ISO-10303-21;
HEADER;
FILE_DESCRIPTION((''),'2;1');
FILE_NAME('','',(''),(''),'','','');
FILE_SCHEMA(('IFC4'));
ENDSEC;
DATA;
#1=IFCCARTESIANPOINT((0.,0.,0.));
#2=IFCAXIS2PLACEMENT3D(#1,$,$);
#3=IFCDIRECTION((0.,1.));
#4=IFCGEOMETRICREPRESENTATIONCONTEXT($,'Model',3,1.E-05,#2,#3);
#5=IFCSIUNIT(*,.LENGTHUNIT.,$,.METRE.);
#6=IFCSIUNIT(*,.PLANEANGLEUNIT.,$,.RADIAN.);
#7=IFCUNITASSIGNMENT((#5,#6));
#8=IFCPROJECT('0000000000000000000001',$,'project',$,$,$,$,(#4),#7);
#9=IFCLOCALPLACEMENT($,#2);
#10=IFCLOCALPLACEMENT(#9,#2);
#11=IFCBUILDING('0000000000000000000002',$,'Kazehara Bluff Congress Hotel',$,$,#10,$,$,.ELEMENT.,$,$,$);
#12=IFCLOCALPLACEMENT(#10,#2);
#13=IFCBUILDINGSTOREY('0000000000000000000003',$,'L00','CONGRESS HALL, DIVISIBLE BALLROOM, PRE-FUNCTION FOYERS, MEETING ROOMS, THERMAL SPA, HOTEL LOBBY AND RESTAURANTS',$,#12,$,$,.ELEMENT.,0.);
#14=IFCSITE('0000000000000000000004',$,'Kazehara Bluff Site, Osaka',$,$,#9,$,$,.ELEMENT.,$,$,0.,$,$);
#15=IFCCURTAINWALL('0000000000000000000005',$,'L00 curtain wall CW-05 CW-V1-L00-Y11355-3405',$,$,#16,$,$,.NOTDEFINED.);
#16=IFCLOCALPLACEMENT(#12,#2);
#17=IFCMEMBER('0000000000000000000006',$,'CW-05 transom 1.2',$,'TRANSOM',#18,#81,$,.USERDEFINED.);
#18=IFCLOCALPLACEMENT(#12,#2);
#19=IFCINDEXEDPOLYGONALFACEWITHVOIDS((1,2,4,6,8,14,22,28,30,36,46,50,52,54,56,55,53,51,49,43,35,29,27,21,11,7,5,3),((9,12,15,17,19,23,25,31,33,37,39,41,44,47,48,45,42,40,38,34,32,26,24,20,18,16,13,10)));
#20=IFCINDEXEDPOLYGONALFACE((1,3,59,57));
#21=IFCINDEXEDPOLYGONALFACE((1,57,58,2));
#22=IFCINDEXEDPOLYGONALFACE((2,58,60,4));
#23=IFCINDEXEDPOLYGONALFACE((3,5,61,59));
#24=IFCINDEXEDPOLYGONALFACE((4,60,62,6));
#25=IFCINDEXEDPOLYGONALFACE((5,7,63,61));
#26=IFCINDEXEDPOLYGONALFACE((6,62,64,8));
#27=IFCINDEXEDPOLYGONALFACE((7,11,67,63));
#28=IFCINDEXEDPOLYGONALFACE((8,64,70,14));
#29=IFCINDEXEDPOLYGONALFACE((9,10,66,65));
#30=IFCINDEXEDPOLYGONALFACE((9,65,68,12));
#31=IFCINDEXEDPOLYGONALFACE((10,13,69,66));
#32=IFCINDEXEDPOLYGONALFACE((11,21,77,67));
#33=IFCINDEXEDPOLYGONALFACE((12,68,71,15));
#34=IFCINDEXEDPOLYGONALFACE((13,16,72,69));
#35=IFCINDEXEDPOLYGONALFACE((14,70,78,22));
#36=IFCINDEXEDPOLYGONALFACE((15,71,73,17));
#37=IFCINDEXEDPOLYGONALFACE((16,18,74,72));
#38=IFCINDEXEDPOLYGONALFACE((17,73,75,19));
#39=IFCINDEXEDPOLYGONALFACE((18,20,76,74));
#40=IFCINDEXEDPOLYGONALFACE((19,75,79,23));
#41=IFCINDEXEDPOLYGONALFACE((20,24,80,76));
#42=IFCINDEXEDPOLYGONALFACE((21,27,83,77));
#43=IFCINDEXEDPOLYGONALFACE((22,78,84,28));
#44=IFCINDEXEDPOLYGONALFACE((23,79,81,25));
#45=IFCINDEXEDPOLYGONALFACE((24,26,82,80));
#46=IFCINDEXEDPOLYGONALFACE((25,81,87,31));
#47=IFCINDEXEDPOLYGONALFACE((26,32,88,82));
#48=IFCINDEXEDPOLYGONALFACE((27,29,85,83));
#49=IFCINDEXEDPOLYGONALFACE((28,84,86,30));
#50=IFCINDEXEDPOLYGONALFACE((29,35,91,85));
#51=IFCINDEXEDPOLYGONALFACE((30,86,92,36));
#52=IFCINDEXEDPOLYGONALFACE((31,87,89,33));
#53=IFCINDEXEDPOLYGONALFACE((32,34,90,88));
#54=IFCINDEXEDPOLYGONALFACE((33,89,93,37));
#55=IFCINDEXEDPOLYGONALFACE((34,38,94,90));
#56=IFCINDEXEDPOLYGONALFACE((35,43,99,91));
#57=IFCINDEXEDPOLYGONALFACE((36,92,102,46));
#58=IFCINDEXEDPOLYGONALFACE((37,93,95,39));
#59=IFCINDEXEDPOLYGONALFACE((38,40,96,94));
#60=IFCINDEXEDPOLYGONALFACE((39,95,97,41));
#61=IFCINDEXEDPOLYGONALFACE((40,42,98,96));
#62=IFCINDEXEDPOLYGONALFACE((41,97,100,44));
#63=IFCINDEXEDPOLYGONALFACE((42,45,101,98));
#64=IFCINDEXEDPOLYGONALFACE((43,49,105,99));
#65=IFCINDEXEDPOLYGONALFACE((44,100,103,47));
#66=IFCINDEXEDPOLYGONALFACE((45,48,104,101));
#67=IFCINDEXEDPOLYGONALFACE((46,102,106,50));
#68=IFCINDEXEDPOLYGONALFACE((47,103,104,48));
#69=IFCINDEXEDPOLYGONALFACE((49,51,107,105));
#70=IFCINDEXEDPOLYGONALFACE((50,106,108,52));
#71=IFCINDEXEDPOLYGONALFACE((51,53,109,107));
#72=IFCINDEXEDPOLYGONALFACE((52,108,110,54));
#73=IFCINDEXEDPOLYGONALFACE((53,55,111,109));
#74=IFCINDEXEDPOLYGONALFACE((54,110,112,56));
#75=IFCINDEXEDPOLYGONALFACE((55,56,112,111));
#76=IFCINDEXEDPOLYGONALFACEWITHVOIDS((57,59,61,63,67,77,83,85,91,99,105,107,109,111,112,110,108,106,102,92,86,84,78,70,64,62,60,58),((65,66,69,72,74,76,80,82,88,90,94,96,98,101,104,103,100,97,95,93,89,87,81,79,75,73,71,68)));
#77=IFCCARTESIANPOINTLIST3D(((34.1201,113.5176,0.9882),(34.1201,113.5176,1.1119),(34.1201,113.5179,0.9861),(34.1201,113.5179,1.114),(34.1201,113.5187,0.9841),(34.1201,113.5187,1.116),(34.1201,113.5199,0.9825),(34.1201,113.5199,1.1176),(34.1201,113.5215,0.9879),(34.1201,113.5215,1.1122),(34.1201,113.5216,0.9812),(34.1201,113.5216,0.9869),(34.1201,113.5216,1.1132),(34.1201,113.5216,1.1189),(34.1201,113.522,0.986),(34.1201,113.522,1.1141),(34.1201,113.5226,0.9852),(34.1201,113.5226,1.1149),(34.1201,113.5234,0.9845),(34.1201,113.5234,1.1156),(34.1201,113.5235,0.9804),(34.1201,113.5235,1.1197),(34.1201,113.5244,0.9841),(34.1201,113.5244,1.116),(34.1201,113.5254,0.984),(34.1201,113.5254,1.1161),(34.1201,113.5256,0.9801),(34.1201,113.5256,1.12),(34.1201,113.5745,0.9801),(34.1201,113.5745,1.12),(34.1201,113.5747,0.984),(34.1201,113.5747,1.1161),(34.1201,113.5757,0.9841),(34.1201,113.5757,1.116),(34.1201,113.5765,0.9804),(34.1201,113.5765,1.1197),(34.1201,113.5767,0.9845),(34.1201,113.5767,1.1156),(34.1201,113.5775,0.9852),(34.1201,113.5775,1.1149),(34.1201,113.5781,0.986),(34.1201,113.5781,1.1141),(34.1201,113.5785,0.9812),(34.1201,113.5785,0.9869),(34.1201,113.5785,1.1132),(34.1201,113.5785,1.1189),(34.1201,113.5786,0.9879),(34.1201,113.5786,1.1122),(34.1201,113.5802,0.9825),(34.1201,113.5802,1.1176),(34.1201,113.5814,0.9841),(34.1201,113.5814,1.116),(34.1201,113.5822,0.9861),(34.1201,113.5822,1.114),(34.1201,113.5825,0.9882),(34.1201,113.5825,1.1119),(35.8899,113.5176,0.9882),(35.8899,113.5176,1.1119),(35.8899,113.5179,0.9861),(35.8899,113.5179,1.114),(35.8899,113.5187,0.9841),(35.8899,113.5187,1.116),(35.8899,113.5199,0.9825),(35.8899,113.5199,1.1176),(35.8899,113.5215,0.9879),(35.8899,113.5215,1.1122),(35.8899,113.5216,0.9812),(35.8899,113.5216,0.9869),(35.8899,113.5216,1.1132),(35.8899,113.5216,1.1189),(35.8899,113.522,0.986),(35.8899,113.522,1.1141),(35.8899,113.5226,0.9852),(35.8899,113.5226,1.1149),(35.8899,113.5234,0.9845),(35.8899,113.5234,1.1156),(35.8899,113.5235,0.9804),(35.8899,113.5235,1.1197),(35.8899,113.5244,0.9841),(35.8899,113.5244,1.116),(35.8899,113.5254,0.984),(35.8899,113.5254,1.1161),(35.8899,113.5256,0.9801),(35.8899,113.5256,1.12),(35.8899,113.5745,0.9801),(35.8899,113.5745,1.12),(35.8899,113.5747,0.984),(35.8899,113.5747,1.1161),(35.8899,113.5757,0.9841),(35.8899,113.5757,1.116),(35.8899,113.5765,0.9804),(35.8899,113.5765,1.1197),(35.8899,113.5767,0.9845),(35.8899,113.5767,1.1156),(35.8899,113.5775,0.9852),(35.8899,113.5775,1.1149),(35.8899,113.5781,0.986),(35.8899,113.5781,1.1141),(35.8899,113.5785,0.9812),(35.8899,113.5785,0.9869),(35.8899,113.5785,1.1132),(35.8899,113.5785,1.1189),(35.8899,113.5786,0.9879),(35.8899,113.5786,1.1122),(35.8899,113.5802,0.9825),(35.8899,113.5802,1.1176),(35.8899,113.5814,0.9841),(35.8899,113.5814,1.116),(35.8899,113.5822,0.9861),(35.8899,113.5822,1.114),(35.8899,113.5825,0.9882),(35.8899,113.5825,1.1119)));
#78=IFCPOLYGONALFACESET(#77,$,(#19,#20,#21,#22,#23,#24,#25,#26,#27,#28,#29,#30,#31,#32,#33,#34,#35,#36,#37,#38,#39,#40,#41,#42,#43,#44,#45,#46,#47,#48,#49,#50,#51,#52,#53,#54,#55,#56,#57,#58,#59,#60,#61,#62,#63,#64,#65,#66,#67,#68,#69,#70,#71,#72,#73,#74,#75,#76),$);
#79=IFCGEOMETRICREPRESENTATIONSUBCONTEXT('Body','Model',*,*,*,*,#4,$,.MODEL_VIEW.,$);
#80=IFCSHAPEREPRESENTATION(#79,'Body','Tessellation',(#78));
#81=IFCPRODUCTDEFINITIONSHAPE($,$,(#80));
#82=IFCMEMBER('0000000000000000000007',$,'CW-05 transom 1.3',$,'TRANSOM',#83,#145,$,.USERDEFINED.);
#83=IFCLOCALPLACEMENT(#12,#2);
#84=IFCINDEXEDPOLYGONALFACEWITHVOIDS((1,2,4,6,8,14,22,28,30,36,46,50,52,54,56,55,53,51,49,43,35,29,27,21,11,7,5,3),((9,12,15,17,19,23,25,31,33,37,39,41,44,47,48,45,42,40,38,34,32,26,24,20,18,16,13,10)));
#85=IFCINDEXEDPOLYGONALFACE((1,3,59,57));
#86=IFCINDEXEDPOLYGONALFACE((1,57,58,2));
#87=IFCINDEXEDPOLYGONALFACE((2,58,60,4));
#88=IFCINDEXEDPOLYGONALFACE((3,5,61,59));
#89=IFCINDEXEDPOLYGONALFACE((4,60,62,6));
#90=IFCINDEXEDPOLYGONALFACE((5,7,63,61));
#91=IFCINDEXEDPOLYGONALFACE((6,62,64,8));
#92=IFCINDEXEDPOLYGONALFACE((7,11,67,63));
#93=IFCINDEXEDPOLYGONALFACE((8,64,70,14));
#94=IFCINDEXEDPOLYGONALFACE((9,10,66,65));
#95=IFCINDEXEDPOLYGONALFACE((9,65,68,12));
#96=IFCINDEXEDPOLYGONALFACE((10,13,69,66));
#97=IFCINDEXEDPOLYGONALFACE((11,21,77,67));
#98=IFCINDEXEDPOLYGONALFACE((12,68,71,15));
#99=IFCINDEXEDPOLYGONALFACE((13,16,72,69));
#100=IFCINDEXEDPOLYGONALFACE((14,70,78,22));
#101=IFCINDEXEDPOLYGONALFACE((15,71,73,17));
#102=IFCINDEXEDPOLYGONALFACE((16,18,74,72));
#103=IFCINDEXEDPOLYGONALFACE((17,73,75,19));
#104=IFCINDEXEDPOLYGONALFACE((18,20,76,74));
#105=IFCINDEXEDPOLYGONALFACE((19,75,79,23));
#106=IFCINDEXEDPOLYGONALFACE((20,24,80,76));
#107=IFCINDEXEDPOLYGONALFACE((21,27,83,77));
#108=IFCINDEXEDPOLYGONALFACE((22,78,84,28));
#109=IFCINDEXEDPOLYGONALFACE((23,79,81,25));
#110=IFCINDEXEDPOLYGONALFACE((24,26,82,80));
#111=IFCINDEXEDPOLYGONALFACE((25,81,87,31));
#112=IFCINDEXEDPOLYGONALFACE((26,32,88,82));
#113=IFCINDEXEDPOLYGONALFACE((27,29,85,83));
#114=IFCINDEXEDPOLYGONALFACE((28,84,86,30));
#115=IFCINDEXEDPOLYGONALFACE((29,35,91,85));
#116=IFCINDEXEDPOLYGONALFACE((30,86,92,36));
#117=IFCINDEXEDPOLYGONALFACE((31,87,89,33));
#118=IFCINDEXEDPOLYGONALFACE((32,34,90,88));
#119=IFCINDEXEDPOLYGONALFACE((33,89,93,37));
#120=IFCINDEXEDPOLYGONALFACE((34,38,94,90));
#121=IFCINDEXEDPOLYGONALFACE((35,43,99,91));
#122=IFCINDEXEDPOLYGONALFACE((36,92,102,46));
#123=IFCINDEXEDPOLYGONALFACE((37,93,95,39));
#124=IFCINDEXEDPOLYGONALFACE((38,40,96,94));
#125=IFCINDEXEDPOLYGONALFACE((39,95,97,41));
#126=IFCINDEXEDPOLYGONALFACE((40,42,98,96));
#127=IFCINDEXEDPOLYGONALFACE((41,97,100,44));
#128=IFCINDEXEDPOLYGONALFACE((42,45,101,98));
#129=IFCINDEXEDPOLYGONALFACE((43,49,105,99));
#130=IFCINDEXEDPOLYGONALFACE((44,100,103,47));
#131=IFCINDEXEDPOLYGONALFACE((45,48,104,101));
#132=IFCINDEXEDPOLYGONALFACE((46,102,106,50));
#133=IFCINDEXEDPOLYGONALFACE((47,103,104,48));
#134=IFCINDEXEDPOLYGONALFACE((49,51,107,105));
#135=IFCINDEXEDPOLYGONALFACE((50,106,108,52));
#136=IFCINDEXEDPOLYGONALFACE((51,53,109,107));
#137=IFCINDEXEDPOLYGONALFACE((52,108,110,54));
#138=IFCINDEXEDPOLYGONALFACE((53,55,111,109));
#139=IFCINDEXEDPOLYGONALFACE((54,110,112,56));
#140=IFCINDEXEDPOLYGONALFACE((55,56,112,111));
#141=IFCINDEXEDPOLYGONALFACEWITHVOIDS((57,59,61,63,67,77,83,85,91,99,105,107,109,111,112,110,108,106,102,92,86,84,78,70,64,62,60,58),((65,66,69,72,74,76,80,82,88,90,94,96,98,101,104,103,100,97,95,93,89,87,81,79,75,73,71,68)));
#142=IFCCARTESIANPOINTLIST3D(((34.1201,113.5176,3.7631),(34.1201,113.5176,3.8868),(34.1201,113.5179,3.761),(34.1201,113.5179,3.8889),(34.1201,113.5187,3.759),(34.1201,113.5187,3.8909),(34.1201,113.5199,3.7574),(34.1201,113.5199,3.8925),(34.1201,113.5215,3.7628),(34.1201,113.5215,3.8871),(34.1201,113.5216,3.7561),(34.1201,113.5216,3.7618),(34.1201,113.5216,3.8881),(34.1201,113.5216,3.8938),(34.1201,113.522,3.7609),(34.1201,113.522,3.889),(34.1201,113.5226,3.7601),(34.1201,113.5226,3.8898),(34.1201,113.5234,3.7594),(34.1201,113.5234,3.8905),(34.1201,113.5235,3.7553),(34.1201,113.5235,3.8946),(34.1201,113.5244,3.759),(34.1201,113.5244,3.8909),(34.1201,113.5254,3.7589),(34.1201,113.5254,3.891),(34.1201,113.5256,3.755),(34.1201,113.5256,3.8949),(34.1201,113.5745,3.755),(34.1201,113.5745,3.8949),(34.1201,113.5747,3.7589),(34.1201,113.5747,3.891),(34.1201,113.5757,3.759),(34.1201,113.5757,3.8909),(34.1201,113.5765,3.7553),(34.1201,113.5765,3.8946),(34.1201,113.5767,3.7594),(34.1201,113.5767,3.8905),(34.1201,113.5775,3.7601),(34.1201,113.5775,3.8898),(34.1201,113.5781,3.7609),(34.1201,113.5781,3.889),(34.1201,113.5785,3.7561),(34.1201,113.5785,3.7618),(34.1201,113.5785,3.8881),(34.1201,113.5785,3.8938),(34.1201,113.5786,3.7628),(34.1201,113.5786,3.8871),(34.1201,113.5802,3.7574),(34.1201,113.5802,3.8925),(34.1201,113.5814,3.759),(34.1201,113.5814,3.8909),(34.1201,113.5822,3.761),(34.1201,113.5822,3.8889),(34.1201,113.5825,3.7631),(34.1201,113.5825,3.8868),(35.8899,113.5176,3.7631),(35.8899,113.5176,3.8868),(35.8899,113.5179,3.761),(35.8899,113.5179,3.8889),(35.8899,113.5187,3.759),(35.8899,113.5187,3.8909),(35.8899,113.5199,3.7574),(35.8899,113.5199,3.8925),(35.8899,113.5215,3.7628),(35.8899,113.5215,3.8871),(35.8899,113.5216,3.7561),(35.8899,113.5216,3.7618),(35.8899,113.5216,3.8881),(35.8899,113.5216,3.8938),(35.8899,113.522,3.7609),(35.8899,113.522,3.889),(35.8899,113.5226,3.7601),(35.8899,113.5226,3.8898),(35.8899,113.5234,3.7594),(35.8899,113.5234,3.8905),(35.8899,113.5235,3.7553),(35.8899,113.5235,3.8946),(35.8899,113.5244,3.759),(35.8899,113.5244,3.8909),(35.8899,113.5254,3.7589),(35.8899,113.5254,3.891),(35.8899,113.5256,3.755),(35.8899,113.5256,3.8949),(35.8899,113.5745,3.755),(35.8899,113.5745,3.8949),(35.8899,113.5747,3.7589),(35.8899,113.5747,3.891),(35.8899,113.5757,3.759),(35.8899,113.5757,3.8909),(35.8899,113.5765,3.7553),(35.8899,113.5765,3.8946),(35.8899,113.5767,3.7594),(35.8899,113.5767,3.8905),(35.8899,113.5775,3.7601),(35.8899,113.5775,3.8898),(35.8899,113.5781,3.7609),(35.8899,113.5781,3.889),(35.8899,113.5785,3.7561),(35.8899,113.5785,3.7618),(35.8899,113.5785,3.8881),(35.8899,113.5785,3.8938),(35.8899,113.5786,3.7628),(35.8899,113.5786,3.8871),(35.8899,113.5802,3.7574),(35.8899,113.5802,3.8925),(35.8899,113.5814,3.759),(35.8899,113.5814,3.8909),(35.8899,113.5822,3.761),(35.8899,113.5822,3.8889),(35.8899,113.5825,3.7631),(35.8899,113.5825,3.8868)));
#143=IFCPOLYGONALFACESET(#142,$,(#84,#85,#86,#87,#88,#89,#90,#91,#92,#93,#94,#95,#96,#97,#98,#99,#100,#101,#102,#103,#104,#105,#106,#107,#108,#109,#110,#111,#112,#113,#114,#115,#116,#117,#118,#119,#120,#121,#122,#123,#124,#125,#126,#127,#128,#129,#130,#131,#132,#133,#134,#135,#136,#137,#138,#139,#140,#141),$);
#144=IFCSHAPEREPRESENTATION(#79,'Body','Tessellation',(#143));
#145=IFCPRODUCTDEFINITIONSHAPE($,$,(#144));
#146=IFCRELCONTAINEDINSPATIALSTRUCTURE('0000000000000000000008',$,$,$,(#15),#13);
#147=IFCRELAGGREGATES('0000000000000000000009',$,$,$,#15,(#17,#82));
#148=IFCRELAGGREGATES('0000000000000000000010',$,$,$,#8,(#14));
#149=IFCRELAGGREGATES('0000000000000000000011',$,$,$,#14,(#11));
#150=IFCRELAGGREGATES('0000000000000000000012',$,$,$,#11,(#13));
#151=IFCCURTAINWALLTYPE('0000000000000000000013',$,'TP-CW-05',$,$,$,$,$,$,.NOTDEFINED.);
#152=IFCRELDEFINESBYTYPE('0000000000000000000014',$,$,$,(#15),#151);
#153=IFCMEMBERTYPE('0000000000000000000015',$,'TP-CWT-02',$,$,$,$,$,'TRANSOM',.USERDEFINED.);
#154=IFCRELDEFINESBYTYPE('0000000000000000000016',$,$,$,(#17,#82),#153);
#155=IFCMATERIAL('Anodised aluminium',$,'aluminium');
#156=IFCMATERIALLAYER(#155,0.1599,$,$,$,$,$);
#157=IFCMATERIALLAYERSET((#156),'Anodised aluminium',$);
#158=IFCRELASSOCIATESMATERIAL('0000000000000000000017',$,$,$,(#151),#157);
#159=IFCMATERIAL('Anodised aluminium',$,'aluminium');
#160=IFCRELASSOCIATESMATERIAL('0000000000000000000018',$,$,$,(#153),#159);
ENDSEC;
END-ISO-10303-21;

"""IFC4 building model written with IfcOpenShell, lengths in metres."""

from ifc_helpers import new_model, si_unit, direction, frame, origin, origin_2d, place, context, subcontext, project, spatial, hollow_rectangle, extrude, material, layer, layer_set, material_profile, profile_set, type_object, element, aggregate, save


model = new_model("IFC4")

# Units and contexts
model_context = context("Model", 3, precision=1e-05, world=origin(), true_north=direction((0.0, 1.0)))
body_context = subcontext(model_context, "Body", "Model", "MODEL_VIEW")
ifc_project = project(units=[si_unit("LENGTHUNIT", "METRE"), si_unit("PLANEANGLEUNIT", "RADIAN")], contexts=[model_context])

# Site, building, storey
site_placement = place(None, origin())
site = spatial("IfcSite", under=ifc_project, at=site_placement, Name="Kazehara Bluff Site, Osaka", CompositionType="ELEMENT", RefElevation=0.0)
building_placement = place(site_placement, origin())
building = spatial("IfcBuilding", under=site, at=building_placement, Name="Kazehara Bluff Congress Hotel", CompositionType="ELEMENT")
storey_placement = place(building_placement, origin())
storey = spatial("IfcBuildingStorey", under=building, at=storey_placement, Name="L00", Description="CONGRESS HALL, DIVISIBLE BALLROOM, PRE-FUNCTION FOYERS, MEETING ROOMS, THERMAL SPA, HOTEL LOBBY AND RESTAURANTS", CompositionType="ELEMENT", Elevation=0.0)

# Curtain wall
ifc_material_1 = material(Name="Anodised aluminium", Category="aluminium")
ifc_layer_1 = layer(ifc_material_1, 0.1599)
ifc_layer_set_1 = layer_set([ifc_layer_1], Name="Anodised aluminium")
curtain_wall_type = type_object("IfcCurtainWallType", Name="TP-CW-05", PredefinedType="NOTDEFINED", material=ifc_layer_set_1)
curtain_wall_1_placement = place(storey_placement, origin())
curtain_wall_1 = element("IfcCurtainWall", 1, at=curtain_wall_1_placement, inside=storey, type_object=curtain_wall_type, Name="L00 curtain wall CW-05 CW-V1-L00-Y11355-3405", PredefinedType="NOTDEFINED")

# Members
ifc_material_2 = material(Name="Anodised aluminium", Category="aluminium")
ifc_material_profile_1 = material_profile(ifc_material_2, hollow_rectangle(XDim=0.0649, YDim=0.1399, WallThickness=0.0039, InnerFilletRadius=0.0039, OuterFilletRadius=0.0081, at=origin_2d()))
ifc_profile_set_1 = profile_set([ifc_material_profile_1], Name="Anodised aluminium")
member_type_1 = type_object("IfcMemberType", Name="TP-CWT-02", ElementType="TRANSOM", PredefinedType="USERDEFINED", material=ifc_profile_set_1)
member_1_placement = place(storey_placement, frame((34.1201, 113.55, 1.05), z_axis=(1.0, 0.0, 0.0), x_axis=(0.0, 1.0, 0.0)))
member_1 = element("IfcMember", 2, at=member_1_placement, type_object=member_type_1, Name="CW-05 transom 1.2", ObjectType="TRANSOM", PredefinedType="USERDEFINED", context=body_context, shape_type="SweptSolid", body=[
    extrude(hollow_rectangle(XDim=0.0649, YDim=0.1399, WallThickness=0.0039, InnerFilletRadius=0.0039, OuterFilletRadius=0.0081, at=origin_2d()), origin(), (0.0, 0.0, 1.0), 1.7698),
])
member_2_placement = place(storey_placement, frame((34.1201, 113.55, 3.825), z_axis=(1.0, 0.0, 0.0), x_axis=(0.0, 1.0, 0.0)))
member_2 = element("IfcMember", 3, at=member_2_placement, type_object=member_type_1, Name="CW-05 transom 1.3", ObjectType="TRANSOM", PredefinedType="USERDEFINED", context=body_context, shape_type="SweptSolid", body=[
    extrude(hollow_rectangle(XDim=0.0649, YDim=0.1399, WallThickness=0.0039, InnerFilletRadius=0.0039, OuterFilletRadius=0.0081, at=origin_2d()), origin(), (0.0, 0.0, 1.0), 1.7698),
])

aggregate(curtain_wall_1, [member_1, member_2])

save(model, "model.ifc")
